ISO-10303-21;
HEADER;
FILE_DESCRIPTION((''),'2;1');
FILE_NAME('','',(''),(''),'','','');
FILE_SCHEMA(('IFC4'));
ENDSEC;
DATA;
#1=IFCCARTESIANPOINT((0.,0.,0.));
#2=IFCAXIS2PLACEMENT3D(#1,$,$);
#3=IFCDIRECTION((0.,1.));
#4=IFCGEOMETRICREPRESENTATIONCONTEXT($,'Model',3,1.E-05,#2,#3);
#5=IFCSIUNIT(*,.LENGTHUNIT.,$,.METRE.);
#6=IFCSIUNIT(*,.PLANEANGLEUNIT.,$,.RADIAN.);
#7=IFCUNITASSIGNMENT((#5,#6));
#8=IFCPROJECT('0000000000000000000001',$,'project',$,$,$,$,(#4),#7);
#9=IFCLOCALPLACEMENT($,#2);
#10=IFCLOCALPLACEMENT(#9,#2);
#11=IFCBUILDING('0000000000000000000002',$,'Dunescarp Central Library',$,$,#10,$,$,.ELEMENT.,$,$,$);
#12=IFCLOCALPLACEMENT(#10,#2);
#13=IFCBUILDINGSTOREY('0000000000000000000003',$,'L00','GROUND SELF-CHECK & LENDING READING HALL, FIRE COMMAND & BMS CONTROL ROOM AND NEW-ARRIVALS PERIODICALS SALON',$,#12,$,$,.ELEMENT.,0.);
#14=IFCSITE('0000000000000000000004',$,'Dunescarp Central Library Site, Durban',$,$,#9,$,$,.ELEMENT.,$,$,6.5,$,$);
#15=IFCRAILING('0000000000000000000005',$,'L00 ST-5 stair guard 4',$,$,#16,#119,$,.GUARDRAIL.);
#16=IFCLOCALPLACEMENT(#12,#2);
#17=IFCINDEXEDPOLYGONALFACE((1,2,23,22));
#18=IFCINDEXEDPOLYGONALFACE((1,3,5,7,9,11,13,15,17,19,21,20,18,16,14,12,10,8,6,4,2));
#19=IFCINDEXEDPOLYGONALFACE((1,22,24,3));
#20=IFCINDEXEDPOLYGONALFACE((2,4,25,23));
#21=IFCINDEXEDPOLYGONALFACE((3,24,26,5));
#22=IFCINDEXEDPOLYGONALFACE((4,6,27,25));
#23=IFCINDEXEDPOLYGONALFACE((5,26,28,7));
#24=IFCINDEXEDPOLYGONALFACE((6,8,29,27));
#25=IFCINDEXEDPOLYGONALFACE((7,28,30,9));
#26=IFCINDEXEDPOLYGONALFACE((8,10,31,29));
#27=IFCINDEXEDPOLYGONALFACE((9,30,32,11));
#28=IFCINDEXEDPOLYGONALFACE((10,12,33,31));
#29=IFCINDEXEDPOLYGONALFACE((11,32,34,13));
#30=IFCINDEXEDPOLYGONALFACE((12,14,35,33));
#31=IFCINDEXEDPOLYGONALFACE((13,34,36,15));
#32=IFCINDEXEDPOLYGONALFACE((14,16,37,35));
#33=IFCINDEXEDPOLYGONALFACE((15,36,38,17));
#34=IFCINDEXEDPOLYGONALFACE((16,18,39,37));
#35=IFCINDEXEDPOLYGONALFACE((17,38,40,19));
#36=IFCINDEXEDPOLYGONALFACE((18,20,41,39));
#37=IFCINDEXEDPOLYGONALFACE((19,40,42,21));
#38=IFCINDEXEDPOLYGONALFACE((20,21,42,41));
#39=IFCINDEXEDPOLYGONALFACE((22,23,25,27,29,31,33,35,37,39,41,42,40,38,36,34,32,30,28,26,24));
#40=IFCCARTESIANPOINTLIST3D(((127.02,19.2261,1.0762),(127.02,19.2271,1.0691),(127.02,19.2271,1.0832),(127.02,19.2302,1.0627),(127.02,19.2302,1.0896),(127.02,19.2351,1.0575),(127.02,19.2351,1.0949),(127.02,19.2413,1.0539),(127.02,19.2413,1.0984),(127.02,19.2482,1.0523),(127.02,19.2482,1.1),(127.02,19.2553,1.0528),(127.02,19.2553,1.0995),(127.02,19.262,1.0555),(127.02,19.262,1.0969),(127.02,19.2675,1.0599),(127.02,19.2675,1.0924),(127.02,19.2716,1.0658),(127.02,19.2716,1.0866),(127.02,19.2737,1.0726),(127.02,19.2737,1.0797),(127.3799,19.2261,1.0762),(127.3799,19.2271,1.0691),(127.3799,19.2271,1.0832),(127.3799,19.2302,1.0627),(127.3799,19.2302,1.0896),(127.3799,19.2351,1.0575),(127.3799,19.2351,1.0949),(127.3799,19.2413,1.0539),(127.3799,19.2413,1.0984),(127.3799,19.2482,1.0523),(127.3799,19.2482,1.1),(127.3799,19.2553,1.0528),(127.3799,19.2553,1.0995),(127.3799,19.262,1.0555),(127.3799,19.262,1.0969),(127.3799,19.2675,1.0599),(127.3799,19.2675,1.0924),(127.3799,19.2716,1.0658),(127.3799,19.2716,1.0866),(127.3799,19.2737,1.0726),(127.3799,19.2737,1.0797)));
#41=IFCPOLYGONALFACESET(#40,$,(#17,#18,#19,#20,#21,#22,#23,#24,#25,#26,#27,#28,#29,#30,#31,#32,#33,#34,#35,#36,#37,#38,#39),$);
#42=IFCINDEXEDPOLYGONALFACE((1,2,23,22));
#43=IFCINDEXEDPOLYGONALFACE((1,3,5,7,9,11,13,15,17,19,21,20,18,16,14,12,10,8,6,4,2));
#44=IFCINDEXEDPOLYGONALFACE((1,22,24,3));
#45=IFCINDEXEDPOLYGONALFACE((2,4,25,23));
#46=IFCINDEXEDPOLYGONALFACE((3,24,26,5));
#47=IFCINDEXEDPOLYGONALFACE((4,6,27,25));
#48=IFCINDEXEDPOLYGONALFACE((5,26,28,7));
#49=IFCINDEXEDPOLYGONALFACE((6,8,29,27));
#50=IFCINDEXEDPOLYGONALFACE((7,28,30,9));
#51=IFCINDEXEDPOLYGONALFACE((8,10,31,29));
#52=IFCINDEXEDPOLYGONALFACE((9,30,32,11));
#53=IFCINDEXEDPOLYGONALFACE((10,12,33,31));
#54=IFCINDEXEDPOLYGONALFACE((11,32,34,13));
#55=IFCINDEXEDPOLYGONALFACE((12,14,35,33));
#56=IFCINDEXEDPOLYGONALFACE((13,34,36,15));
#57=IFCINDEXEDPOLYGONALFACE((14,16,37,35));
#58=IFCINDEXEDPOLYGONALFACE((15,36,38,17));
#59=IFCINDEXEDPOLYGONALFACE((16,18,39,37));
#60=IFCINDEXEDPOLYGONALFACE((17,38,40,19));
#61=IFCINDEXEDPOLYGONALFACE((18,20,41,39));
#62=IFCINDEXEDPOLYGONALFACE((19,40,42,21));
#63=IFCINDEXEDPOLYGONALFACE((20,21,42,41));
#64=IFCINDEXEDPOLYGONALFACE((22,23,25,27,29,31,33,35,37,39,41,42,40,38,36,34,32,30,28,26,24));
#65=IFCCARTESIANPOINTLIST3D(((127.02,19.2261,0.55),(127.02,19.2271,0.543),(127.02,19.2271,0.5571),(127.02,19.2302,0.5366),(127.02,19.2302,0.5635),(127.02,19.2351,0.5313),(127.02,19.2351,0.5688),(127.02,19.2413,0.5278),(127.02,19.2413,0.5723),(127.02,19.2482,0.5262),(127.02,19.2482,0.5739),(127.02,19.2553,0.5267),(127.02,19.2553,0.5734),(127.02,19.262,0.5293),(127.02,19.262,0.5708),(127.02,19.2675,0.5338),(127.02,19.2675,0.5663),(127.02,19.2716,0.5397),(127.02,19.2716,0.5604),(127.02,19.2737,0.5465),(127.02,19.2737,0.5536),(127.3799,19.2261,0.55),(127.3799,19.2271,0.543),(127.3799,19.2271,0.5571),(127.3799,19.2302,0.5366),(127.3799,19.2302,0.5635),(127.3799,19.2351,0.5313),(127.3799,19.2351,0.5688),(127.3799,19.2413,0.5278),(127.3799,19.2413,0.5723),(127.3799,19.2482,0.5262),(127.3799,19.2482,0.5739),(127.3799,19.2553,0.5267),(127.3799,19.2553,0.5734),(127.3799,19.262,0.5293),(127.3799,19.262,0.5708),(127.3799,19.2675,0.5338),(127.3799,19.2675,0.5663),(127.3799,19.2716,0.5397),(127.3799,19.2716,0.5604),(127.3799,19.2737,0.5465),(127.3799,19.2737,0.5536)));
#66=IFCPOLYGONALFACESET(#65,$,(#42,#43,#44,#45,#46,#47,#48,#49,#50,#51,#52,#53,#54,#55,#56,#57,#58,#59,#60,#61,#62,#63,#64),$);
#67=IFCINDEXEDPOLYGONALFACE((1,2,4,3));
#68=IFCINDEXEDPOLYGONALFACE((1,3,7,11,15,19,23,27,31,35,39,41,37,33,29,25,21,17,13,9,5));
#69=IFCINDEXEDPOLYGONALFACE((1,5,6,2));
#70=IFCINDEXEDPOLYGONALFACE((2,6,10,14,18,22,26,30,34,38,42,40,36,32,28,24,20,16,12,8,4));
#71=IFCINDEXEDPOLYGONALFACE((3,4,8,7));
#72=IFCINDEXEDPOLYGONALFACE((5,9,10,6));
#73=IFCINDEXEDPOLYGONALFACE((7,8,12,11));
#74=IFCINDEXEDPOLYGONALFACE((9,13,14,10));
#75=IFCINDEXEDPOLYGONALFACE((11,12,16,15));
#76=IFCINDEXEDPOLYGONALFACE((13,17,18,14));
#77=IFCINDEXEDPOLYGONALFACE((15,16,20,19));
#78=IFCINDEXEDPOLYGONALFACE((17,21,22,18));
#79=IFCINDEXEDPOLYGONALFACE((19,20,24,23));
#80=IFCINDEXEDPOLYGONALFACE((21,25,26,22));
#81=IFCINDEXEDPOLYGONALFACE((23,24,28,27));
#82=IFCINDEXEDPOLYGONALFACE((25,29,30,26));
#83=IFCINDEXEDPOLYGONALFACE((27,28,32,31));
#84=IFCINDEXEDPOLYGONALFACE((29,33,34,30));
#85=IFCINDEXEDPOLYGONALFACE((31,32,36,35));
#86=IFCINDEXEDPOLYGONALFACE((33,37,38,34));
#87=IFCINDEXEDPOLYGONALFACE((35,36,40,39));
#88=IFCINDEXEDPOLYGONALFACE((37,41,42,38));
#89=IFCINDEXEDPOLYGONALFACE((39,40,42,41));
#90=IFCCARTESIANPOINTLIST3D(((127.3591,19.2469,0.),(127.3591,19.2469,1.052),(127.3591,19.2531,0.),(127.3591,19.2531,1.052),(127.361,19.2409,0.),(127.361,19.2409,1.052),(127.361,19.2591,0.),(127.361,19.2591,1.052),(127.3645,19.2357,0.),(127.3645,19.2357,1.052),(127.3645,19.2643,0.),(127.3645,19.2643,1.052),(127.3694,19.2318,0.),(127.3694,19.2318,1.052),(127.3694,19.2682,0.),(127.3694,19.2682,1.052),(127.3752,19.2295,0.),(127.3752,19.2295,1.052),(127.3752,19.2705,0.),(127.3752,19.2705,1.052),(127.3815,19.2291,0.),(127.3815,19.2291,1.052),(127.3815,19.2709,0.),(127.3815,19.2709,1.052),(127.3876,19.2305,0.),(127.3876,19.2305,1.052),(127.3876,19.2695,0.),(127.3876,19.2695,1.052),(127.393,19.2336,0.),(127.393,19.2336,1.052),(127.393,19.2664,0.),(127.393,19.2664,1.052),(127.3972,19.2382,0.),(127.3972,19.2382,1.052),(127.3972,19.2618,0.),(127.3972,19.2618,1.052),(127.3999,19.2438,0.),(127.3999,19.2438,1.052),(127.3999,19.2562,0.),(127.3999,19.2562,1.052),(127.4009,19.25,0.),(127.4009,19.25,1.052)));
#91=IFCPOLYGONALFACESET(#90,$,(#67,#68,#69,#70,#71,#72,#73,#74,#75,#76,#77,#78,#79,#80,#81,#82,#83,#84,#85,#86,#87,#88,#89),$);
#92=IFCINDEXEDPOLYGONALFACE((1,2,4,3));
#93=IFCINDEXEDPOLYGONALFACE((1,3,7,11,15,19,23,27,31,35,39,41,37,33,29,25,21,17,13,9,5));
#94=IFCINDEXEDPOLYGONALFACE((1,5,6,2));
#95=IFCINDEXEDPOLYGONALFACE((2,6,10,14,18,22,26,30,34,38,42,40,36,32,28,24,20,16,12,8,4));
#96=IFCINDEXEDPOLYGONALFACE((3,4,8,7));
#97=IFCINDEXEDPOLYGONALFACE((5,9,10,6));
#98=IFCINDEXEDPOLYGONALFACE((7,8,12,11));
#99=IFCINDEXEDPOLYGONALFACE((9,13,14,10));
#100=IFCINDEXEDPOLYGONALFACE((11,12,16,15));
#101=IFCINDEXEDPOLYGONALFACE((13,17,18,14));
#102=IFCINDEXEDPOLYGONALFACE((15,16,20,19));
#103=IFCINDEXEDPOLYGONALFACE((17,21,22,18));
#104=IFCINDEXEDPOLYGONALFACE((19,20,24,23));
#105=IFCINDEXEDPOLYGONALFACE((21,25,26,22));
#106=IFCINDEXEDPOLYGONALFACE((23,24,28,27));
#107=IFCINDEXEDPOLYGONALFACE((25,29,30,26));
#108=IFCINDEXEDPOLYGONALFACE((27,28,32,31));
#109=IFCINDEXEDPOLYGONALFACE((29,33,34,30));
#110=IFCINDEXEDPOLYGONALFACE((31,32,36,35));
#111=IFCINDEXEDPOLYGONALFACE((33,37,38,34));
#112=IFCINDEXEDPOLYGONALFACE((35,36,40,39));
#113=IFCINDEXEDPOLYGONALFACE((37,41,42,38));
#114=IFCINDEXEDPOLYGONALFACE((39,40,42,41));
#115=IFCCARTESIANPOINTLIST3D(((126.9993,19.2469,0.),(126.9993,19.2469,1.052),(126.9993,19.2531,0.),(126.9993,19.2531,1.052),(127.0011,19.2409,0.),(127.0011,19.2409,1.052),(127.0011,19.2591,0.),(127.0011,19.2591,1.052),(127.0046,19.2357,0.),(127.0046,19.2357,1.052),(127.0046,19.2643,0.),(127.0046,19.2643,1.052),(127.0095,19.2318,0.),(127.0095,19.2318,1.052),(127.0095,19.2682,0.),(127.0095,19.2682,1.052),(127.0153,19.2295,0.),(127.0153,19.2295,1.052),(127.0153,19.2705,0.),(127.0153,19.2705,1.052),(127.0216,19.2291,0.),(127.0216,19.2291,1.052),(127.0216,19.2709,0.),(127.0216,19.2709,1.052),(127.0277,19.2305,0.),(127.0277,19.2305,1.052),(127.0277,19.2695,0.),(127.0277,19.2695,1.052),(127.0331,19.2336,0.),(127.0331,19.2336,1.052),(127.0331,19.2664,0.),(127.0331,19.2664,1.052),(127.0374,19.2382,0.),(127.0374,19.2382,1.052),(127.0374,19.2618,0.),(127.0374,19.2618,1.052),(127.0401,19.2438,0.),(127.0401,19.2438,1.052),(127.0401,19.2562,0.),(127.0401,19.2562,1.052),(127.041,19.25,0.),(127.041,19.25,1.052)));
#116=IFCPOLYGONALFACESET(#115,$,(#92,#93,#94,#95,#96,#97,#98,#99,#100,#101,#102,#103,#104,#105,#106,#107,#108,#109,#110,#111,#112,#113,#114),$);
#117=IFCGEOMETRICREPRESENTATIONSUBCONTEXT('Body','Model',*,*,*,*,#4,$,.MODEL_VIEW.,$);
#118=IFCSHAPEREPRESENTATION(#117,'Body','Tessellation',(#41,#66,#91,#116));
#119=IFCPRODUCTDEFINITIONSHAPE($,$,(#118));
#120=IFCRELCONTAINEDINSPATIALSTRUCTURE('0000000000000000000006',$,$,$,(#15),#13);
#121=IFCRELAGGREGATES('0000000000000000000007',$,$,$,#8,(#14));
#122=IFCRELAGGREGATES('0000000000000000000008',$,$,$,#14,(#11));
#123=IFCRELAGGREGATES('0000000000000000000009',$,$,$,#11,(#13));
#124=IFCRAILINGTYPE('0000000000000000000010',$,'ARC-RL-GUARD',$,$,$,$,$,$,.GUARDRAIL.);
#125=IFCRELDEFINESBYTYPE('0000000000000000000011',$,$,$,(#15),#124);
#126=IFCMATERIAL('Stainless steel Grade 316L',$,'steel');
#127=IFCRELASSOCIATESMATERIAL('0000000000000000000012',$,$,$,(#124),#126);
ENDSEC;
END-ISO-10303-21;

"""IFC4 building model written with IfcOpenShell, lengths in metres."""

from ifc_helpers import new_model, si_unit, direction, frame, origin, origin_2d, place, context, subcontext, project, spatial, circle, extrude, material, type_object, element, save


model = new_model("IFC4")

# Units and contexts
model_context = context("Model", 3, precision=1e-05, world=origin(), true_north=direction((0.0, 1.0)))
body_context = subcontext(model_context, "Body", "Model", "MODEL_VIEW")
ifc_project = project(units=[si_unit("LENGTHUNIT", "METRE"), si_unit("PLANEANGLEUNIT", "RADIAN")], contexts=[model_context])

# Site, building, storey
site_placement = place(None, origin())
site = spatial("IfcSite", under=ifc_project, at=site_placement, Name="Dunescarp Central Library Site, Durban", CompositionType="ELEMENT", RefElevation=6.5)
building_placement = place(site_placement, origin())
building = spatial("IfcBuilding", under=site, at=building_placement, Name="Dunescarp Central Library", CompositionType="ELEMENT")
storey_placement = place(building_placement, origin())
storey = spatial("IfcBuildingStorey", under=building, at=storey_placement, Name="L00", Description="GROUND SELF-CHECK & LENDING READING HALL, FIRE COMMAND & BMS CONTROL ROOM AND NEW-ARRIVALS PERIODICALS SALON", CompositionType="ELEMENT", Elevation=0.0)

# Railing
ifc_material_1 = material(Name="Stainless steel Grade 316L", Category="steel")
railing_type_1 = type_object("IfcRailingType", Name="ARC-RL-GUARD", PredefinedType="GUARDRAIL", material=ifc_material_1)
railing_1_placement = place(storey_placement, frame((127.3799, 19.25, 0.0)))
element("IfcRailing", 1, at=railing_1_placement, inside=storey, type_object=railing_type_1, Name="L00 ST-5 stair guard 4", PredefinedType="GUARDRAIL", context=body_context, shape_type="SweptSolid", body=[
    extrude(circle(Radius=0.0239, at=origin_2d()), frame((0.0, 0.0, 1.0762), z_axis=(-1.0, 0.0, 0.0), x_axis=(0.0, -1.0, 0.0)), (0.0, 0.0, 1.0), 0.3599),
    extrude(circle(Radius=0.0239, at=origin_2d()), frame((0.0, 0.0, 0.55), z_axis=(-1.0, 0.0, 0.0), x_axis=(0.0, -1.0, 0.0)), (0.0, 0.0, 1.0), 0.3599),
    extrude(circle(Radius=0.021, at=origin_2d()), origin(), (0.0, 0.0, 1.0), 1.052),
    extrude(circle(Radius=0.021, at=origin_2d()), frame((-0.3599, 0.0, 0.0)), (0.0, 0.0, 1.0), 1.052),
])

save(model, "model.ifc")
